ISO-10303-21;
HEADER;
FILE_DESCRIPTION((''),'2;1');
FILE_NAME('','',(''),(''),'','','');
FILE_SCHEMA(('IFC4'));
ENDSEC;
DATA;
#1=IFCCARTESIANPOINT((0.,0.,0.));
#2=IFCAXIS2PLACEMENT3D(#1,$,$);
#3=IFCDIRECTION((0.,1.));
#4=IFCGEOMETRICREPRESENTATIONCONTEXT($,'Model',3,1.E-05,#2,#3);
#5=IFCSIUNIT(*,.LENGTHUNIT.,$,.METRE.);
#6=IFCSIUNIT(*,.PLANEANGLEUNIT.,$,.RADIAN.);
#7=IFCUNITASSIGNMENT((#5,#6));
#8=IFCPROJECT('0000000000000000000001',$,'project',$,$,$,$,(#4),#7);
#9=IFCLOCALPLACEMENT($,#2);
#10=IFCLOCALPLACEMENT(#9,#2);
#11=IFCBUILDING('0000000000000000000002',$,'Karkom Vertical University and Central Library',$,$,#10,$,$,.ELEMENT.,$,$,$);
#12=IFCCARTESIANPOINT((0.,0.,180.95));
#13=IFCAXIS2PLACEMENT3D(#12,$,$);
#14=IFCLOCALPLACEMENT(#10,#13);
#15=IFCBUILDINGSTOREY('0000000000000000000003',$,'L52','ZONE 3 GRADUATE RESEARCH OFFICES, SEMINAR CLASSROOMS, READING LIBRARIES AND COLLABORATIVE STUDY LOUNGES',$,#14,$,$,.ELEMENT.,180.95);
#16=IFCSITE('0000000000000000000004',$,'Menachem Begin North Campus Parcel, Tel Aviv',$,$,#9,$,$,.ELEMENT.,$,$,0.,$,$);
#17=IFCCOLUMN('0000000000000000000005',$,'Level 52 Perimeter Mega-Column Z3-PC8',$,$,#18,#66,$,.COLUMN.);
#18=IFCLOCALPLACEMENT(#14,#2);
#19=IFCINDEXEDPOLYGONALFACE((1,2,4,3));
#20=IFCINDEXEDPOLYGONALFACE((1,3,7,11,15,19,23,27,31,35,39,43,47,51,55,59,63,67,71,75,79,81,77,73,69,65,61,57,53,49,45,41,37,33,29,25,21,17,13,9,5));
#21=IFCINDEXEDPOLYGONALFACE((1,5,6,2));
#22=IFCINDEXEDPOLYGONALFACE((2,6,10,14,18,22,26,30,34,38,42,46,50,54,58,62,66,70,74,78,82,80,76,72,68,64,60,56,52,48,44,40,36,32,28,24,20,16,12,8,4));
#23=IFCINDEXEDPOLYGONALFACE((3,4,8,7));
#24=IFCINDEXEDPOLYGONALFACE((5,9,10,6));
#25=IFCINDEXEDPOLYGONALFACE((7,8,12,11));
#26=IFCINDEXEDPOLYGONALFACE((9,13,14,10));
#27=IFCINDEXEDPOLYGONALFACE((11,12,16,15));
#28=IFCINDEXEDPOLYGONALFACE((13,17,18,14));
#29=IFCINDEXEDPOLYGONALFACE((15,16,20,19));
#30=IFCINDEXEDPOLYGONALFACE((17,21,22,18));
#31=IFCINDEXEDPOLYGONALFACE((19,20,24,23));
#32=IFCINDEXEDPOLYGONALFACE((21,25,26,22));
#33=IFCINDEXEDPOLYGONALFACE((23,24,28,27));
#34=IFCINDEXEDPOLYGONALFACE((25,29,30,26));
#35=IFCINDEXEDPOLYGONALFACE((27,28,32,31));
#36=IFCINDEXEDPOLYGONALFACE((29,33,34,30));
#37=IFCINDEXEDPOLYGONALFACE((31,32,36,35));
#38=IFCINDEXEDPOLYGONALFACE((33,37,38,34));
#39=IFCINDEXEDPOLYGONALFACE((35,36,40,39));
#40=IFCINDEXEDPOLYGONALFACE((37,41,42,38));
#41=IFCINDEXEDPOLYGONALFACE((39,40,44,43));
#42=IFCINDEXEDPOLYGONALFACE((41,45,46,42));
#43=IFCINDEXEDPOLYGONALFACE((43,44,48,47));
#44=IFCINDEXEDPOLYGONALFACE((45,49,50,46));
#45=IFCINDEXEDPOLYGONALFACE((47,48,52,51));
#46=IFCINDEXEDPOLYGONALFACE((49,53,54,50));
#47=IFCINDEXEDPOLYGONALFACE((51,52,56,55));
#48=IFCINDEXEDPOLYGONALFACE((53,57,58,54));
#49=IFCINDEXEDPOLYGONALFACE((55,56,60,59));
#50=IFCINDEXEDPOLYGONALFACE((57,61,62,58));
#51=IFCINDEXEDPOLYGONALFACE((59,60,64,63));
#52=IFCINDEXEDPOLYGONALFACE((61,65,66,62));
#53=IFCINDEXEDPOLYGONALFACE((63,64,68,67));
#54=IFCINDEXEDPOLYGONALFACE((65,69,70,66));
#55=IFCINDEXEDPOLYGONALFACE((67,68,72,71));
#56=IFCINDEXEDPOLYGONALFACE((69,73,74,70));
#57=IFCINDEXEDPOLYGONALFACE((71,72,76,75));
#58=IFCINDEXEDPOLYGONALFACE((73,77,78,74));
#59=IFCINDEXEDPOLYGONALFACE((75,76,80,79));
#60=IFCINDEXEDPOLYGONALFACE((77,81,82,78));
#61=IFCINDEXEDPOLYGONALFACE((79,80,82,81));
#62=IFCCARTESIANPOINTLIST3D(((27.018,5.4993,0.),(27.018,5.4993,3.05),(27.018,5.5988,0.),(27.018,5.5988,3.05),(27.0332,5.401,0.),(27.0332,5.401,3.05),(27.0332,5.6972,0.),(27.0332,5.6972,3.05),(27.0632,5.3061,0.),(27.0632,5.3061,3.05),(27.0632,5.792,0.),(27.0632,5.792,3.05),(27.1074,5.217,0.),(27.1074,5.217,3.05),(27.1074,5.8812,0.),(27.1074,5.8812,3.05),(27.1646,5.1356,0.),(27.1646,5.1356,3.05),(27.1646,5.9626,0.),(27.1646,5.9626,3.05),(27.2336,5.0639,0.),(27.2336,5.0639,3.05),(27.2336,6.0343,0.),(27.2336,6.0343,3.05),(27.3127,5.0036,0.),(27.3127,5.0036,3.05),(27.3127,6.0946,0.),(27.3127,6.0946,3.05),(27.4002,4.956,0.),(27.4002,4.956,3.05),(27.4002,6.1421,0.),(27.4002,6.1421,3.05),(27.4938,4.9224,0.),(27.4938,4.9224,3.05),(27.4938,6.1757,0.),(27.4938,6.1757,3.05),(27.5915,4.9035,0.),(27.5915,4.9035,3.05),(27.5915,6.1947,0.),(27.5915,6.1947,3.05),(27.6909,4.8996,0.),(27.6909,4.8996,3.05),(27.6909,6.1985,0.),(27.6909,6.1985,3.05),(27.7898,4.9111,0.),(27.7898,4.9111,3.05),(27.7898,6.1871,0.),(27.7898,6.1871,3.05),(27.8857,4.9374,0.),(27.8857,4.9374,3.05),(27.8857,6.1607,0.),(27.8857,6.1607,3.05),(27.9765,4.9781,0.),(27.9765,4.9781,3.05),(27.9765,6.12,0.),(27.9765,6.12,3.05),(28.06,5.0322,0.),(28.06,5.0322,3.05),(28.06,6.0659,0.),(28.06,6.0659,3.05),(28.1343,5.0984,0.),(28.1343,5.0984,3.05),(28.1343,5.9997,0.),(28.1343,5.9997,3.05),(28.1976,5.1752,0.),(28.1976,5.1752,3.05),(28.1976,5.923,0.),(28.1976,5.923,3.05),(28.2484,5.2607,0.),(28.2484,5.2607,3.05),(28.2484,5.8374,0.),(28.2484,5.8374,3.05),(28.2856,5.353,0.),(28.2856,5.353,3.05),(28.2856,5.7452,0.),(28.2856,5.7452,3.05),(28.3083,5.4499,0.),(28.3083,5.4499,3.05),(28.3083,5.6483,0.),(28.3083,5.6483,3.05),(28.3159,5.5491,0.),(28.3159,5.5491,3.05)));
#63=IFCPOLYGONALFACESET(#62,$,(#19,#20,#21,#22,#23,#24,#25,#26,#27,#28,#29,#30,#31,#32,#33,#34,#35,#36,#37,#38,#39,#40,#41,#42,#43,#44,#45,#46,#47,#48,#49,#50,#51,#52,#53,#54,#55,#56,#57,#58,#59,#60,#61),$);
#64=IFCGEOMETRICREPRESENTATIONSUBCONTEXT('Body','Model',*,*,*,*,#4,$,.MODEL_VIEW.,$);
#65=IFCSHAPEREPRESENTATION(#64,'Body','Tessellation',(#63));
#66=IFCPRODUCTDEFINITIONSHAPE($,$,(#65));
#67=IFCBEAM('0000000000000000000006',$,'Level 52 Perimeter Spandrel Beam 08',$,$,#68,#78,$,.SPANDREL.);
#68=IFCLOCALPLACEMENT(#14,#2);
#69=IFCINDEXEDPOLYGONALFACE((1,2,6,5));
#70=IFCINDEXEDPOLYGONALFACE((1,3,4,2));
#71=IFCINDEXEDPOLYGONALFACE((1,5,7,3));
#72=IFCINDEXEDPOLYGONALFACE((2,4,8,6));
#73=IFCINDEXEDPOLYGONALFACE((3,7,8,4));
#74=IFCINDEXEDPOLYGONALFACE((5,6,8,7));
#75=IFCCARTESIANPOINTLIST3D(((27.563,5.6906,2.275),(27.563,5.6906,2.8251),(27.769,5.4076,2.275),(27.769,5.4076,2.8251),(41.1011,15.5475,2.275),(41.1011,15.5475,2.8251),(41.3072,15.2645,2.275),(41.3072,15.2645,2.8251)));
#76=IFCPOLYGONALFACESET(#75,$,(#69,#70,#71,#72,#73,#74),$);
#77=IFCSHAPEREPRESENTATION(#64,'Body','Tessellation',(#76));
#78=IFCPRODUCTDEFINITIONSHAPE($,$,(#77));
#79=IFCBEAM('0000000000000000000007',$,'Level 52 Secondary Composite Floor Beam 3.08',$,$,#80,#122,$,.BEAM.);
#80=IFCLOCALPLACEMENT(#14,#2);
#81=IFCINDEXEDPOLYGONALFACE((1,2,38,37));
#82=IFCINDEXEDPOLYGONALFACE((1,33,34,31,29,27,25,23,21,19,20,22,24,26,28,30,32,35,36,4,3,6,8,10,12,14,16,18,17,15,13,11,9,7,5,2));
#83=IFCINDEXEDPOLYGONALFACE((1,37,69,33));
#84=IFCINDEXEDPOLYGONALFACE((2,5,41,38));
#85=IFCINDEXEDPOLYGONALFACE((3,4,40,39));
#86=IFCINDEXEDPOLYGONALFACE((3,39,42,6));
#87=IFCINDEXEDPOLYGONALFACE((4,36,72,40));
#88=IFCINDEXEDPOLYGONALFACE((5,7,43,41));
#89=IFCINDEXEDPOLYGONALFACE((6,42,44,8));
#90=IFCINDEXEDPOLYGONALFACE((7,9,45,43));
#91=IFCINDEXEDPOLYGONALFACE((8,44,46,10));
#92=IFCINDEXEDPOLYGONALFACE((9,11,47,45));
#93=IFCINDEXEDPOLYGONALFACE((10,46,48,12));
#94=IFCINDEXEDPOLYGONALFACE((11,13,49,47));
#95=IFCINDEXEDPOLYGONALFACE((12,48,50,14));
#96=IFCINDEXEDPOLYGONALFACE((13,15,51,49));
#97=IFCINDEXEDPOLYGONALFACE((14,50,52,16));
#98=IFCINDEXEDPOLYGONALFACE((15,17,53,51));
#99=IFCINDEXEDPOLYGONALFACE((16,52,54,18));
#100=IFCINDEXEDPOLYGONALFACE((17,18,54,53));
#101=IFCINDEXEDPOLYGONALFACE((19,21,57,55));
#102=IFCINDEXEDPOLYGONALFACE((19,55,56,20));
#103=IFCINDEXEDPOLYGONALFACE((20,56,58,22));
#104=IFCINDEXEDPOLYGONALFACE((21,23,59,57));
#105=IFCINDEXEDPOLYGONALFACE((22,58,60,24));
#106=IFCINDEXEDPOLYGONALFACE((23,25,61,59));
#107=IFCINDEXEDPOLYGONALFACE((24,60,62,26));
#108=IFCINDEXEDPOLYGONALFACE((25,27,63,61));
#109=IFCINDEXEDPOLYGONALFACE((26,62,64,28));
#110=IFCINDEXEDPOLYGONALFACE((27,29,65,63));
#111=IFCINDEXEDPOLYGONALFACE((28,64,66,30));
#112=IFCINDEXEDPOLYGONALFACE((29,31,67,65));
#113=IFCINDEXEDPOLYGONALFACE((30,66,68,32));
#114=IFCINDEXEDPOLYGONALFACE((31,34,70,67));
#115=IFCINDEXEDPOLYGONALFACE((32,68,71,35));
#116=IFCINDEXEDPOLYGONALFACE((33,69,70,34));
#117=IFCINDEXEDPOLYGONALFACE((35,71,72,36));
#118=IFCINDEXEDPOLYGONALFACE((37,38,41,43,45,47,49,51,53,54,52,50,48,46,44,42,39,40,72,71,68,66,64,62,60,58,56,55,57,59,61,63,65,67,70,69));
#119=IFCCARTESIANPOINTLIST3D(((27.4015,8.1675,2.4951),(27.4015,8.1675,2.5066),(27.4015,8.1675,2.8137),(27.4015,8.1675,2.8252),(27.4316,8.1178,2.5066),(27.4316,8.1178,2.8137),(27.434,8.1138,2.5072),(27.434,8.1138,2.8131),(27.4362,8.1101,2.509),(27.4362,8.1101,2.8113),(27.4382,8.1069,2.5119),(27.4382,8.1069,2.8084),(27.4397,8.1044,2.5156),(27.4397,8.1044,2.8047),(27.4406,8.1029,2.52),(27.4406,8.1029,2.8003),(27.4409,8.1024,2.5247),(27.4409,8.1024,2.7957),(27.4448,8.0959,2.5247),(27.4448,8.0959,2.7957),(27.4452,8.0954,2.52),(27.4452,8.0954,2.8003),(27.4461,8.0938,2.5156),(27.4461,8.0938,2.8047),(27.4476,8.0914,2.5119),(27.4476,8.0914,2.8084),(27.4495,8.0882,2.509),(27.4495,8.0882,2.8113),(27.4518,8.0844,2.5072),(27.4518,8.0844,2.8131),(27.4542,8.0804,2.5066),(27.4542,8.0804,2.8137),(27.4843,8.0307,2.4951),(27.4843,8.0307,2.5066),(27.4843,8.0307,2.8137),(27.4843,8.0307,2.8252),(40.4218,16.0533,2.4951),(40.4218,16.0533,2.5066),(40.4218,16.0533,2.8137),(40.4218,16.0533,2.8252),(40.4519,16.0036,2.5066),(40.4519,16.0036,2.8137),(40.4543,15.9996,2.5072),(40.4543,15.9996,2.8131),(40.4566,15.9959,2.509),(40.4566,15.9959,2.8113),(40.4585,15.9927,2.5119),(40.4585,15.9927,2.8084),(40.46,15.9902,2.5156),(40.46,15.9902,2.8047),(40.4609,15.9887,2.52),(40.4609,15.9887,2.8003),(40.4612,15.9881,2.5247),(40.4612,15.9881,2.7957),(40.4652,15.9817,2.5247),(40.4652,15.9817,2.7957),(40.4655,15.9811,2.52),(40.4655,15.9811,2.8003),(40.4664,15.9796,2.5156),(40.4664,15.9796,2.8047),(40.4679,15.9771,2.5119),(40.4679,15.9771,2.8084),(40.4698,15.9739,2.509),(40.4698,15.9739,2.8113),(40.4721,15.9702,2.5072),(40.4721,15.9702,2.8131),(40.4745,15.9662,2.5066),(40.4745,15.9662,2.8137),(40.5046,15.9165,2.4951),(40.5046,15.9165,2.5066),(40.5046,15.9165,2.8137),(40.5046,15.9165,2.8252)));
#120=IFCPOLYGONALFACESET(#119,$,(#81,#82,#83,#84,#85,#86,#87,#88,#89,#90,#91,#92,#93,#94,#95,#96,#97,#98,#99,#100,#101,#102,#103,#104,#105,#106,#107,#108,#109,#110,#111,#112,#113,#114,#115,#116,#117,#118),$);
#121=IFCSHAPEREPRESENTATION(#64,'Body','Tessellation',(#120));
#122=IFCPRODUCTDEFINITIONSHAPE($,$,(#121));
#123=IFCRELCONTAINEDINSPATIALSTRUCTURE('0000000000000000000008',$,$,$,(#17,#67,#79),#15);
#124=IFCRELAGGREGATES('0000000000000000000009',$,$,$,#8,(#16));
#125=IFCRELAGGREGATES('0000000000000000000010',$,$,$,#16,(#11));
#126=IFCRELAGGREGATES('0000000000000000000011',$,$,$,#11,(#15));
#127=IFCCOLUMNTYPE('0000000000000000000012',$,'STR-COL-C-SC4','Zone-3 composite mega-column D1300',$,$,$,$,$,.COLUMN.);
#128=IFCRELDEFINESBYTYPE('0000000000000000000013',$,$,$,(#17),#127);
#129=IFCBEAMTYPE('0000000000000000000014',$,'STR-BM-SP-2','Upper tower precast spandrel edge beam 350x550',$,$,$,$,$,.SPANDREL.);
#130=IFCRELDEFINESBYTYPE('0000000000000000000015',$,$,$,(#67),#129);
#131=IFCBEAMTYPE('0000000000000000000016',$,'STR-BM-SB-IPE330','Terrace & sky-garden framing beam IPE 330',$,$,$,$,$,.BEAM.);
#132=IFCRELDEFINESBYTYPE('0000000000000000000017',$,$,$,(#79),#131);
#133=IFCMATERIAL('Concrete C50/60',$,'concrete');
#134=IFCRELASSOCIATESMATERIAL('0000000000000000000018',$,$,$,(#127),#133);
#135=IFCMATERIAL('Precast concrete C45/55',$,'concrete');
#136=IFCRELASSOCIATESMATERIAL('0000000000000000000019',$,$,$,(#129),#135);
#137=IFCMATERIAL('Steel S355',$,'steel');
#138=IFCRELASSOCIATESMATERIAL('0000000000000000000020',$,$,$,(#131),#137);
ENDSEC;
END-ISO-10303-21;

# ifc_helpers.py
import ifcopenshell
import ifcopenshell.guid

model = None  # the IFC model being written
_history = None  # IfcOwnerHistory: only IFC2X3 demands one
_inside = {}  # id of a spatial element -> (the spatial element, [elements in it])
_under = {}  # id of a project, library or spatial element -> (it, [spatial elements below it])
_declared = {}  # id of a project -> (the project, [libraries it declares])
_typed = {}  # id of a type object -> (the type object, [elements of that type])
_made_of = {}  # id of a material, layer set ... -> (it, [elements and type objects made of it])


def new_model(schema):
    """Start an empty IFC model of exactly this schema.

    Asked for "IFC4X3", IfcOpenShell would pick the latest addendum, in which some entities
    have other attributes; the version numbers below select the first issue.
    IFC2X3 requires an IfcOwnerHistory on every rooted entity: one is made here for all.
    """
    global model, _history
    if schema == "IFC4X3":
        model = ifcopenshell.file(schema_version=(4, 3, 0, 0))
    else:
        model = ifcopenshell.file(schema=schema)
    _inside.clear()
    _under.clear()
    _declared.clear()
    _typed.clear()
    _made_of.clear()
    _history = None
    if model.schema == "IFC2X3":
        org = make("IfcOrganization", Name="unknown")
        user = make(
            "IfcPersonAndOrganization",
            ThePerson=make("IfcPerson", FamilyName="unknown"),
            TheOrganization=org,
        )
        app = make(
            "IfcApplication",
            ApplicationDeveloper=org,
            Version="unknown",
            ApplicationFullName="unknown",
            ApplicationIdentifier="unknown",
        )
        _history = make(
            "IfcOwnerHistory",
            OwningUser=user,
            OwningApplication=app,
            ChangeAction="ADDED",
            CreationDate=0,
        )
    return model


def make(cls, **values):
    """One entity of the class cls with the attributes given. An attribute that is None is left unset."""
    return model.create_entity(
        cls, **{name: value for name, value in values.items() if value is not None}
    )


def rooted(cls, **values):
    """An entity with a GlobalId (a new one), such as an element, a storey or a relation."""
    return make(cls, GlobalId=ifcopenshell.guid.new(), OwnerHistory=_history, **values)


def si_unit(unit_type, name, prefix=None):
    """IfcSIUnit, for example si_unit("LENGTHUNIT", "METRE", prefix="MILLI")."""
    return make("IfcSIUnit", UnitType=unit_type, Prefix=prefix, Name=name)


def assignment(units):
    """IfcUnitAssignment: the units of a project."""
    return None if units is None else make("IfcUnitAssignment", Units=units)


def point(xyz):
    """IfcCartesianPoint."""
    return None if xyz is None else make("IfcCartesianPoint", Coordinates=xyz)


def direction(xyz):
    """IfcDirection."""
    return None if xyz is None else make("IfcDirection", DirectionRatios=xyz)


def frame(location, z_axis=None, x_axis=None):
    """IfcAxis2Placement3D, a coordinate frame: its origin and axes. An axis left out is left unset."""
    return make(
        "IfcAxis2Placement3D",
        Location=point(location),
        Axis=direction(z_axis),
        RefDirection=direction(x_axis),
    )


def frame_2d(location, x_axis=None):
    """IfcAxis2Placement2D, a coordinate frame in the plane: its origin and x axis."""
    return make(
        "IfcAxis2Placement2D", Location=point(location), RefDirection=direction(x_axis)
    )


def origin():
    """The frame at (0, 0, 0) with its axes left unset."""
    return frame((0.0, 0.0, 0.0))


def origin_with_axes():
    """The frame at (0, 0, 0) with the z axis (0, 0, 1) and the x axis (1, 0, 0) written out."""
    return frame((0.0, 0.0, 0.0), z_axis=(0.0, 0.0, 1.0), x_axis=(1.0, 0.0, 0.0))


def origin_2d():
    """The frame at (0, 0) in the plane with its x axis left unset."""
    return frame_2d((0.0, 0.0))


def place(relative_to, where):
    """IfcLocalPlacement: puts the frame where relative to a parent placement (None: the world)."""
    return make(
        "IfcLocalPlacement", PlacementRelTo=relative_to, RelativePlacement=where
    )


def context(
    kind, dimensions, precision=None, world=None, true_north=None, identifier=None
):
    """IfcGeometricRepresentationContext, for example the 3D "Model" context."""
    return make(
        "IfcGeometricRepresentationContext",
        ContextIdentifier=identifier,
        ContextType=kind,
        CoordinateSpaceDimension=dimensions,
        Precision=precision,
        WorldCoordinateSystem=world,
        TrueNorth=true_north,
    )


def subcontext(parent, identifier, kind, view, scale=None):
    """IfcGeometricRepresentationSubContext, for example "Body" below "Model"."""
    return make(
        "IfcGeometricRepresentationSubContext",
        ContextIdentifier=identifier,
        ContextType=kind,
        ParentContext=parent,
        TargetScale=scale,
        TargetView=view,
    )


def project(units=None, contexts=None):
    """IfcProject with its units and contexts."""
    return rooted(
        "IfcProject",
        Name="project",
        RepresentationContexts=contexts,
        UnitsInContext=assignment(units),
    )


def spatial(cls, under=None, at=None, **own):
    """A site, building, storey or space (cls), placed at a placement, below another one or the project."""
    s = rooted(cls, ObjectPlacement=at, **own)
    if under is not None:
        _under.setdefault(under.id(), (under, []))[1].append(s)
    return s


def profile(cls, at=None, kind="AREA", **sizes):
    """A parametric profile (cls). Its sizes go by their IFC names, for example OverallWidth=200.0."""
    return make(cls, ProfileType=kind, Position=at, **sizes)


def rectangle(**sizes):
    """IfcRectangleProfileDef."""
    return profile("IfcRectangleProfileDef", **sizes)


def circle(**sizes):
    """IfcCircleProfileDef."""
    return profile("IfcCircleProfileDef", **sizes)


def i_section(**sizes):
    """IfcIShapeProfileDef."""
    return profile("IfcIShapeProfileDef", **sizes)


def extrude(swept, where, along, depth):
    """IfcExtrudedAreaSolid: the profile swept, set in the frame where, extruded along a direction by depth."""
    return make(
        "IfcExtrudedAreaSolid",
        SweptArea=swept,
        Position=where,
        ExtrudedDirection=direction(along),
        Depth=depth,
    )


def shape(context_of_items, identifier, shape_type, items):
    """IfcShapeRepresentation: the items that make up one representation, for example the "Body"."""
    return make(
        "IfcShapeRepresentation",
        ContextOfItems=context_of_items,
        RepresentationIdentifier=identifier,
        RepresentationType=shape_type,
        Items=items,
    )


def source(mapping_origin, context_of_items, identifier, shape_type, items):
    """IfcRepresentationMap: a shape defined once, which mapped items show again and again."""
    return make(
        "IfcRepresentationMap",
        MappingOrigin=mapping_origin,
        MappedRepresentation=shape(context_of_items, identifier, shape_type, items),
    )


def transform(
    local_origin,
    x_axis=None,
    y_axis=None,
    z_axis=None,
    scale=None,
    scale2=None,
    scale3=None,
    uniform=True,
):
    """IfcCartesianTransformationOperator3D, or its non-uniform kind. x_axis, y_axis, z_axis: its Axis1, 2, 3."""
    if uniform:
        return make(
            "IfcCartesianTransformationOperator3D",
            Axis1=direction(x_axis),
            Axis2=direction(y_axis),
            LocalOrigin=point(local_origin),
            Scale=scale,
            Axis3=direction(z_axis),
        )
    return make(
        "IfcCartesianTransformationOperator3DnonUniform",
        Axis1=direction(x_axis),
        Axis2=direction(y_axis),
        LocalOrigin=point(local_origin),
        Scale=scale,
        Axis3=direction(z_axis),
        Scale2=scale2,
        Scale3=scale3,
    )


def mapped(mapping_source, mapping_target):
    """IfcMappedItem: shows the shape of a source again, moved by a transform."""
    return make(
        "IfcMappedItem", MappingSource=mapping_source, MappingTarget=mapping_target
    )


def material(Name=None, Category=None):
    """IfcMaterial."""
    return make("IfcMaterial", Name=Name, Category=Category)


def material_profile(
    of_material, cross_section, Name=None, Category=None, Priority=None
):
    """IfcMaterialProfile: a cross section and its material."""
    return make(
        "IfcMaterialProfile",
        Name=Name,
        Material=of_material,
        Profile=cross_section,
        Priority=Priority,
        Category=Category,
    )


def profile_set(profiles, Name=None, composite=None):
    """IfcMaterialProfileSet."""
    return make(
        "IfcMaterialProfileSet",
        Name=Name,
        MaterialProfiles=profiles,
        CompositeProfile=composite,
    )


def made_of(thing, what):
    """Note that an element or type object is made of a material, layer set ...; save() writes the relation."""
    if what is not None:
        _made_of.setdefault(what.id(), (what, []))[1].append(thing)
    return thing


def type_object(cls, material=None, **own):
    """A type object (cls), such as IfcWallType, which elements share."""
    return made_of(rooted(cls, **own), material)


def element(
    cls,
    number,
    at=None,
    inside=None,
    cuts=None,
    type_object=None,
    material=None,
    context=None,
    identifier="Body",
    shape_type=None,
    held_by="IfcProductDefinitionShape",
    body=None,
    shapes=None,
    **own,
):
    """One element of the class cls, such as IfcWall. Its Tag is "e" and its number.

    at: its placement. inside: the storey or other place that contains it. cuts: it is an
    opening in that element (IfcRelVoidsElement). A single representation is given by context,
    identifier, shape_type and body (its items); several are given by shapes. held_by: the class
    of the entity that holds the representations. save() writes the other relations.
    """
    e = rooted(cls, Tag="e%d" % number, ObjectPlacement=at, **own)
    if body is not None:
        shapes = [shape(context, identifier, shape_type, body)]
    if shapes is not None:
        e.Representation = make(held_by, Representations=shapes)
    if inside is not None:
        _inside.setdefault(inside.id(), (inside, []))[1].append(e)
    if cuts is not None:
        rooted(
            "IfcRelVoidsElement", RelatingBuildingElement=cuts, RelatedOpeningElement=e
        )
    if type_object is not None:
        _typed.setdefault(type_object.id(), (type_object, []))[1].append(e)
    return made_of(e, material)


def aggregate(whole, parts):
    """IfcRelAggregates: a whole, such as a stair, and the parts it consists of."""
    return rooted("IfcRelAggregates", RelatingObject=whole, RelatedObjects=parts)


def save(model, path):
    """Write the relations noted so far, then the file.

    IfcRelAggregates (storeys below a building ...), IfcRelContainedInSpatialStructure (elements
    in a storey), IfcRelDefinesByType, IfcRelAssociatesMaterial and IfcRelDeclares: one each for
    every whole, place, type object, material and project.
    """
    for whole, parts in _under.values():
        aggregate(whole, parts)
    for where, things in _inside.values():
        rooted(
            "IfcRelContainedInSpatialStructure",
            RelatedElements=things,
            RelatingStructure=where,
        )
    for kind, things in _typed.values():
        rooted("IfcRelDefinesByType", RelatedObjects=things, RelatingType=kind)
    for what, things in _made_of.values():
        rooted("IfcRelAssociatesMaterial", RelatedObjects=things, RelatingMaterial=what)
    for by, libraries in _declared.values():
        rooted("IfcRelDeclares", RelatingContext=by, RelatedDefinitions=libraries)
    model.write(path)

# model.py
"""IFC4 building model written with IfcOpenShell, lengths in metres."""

from ifc_helpers import new_model, si_unit, direction, frame, origin, origin_with_axes, origin_2d, place, context, subcontext, project, spatial, rectangle, circle, i_section, extrude, source, transform, mapped, material, material_profile, profile_set, type_object, element, save


model = new_model("IFC4")

# Units and contexts
model_context = context("Model", 3, precision=1e-05, world=origin(), true_north=direction((0.0, 1.0)))
body_context = subcontext(model_context, "Body", "Model", "MODEL_VIEW")
ifc_project = project(units=[si_unit("LENGTHUNIT", "METRE"), si_unit("PLANEANGLEUNIT", "RADIAN")], contexts=[model_context])

# Site, building, storey
site_placement = place(None, origin())
site = spatial("IfcSite", under=ifc_project, at=site_placement, Name="Menachem Begin North Campus Parcel, Tel Aviv", CompositionType="ELEMENT", RefElevation=0.0)
building_placement = place(site_placement, origin())
building = spatial("IfcBuilding", under=site, at=building_placement, Name="Karkom Vertical University and Central Library", CompositionType="ELEMENT")
storey_placement = place(building_placement, frame((0.0, 0.0, 180.95)))
storey = spatial("IfcBuildingStorey", under=building, at=storey_placement, Name="L52", Description="ZONE 3 GRADUATE RESEARCH OFFICES, SEMINAR CLASSROOMS, READING LIBRARIES AND COLLABORATIVE STUDY LOUNGES", CompositionType="ELEMENT", Elevation=180.95)

# Column
ifc_material_1 = material(Name="Concrete C50/60", Category="concrete")
ifc_material_profile_1 = material_profile(ifc_material_1, circle(Radius=0.6499, at=origin_2d()), Name="CFT-D1300")
ifc_profile_set_1 = profile_set([ifc_material_profile_1], Name="Concrete C50/60")
column_type = type_object("IfcColumnType", Name="STR-COL-C-SC4", Description="Zone-3 composite mega-column D1300", PredefinedType="COLUMN", material=ifc_profile_set_1)
shared_shape_1 = source(origin_with_axes(), body_context, "Body", "SweptSolid", [
    extrude(circle(Radius=0.6499, at=origin_2d()), origin(), (0.0, 0.0, 1.0), 3.05),
])
column_placement = place(storey_placement, frame((27.666, 5.5491, 0.0), z_axis=(0.0, 0.0, 1.0), x_axis=(1.0, 0.0, 0.0)))
element("IfcColumn", 1, at=column_placement, inside=storey, type_object=column_type, Name="Level 52 Perimeter Mega-Column Z3-PC8", PredefinedType="COLUMN", context=body_context, shape_type="MappedRepresentation", body=[
    mapped(shared_shape_1, transform((0.0, 0.0, 0.0), scale=1.0)),
])

# Beams
ifc_material_2 = material(Name="Precast concrete C45/55", Category="concrete")
ifc_material_profile_2 = material_profile(ifc_material_2, rectangle(XDim=0.3501, YDim=0.55, at=origin_2d()), Name="SPB-350x550")
ifc_profile_set_2 = profile_set([ifc_material_profile_2], Name="Precast concrete C45/55")
beam_type_1 = type_object("IfcBeamType", Name="STR-BM-SP-2", Description="Upper tower precast spandrel edge beam 350x550", PredefinedType="SPANDREL", material=ifc_profile_set_2)
shared_shape_2 = source(origin_with_axes(), body_context, "Body", "SweptSolid", [
    extrude(rectangle(XDim=0.3501, YDim=0.55, at=origin_2d()), origin(), (0.0, 0.0, 1.0), 16.7463),
])
beam_1_placement = place(storey_placement, frame((27.666, 5.5491, 2.55), z_axis=(0.808422, 0.588603, 0.0), x_axis=(-0.588603, 0.808422, 0.0)))
element("IfcBeam", 2, at=beam_1_placement, inside=storey, type_object=beam_type_1, Name="Level 52 Perimeter Spandrel Beam 08", PredefinedType="SPANDREL", context=body_context, shape_type="MappedRepresentation", body=[
    mapped(shared_shape_2, transform((0.0, 0.0, 0.0), scale=1.0)),
])
ifc_material_3 = material(Name="Steel S355", Category="steel")
ifc_material_profile_3 = material_profile(ifc_material_3, i_section(OverallWidth=0.1599, OverallDepth=0.3301, WebThickness=0.0076, FlangeThickness=0.0115, FilletRadius=0.0181, at=origin_2d()), Name="IPE 330")
ifc_profile_set_3 = profile_set([ifc_material_profile_3], Name="Steel S355")
beam_type_2 = type_object("IfcBeamType", Name="STR-BM-SB-IPE330", Description="Terrace & sky-garden framing beam IPE 330", PredefinedType="BEAM", material=ifc_profile_set_3)
shared_shape_3 = source(origin_with_axes(), body_context, "Body", "SweptSolid", [
    extrude(i_section(OverallWidth=0.1599, OverallDepth=0.3301, WebThickness=0.0076, FlangeThickness=0.0115, FilletRadius=0.0181, at=origin_2d()), origin(), (0.0, 0.0, 1.0), 15.2222),
])
beam_2_placement = place(storey_placement, frame((27.4429, 8.0991, 2.6602), z_axis=(0.855353, 0.518046, 0.0), x_axis=(-0.518046, 0.855353, 0.0)))
element("IfcBeam", 3, at=beam_2_placement, inside=storey, type_object=beam_type_2, Name="Level 52 Secondary Composite Floor Beam 3.08", PredefinedType="BEAM", context=body_context, shape_type="MappedRepresentation", body=[
    mapped(shared_shape_3, transform((0.0, 0.0, 0.0), scale=1.0)),
])

save(model, "model.ifc")
